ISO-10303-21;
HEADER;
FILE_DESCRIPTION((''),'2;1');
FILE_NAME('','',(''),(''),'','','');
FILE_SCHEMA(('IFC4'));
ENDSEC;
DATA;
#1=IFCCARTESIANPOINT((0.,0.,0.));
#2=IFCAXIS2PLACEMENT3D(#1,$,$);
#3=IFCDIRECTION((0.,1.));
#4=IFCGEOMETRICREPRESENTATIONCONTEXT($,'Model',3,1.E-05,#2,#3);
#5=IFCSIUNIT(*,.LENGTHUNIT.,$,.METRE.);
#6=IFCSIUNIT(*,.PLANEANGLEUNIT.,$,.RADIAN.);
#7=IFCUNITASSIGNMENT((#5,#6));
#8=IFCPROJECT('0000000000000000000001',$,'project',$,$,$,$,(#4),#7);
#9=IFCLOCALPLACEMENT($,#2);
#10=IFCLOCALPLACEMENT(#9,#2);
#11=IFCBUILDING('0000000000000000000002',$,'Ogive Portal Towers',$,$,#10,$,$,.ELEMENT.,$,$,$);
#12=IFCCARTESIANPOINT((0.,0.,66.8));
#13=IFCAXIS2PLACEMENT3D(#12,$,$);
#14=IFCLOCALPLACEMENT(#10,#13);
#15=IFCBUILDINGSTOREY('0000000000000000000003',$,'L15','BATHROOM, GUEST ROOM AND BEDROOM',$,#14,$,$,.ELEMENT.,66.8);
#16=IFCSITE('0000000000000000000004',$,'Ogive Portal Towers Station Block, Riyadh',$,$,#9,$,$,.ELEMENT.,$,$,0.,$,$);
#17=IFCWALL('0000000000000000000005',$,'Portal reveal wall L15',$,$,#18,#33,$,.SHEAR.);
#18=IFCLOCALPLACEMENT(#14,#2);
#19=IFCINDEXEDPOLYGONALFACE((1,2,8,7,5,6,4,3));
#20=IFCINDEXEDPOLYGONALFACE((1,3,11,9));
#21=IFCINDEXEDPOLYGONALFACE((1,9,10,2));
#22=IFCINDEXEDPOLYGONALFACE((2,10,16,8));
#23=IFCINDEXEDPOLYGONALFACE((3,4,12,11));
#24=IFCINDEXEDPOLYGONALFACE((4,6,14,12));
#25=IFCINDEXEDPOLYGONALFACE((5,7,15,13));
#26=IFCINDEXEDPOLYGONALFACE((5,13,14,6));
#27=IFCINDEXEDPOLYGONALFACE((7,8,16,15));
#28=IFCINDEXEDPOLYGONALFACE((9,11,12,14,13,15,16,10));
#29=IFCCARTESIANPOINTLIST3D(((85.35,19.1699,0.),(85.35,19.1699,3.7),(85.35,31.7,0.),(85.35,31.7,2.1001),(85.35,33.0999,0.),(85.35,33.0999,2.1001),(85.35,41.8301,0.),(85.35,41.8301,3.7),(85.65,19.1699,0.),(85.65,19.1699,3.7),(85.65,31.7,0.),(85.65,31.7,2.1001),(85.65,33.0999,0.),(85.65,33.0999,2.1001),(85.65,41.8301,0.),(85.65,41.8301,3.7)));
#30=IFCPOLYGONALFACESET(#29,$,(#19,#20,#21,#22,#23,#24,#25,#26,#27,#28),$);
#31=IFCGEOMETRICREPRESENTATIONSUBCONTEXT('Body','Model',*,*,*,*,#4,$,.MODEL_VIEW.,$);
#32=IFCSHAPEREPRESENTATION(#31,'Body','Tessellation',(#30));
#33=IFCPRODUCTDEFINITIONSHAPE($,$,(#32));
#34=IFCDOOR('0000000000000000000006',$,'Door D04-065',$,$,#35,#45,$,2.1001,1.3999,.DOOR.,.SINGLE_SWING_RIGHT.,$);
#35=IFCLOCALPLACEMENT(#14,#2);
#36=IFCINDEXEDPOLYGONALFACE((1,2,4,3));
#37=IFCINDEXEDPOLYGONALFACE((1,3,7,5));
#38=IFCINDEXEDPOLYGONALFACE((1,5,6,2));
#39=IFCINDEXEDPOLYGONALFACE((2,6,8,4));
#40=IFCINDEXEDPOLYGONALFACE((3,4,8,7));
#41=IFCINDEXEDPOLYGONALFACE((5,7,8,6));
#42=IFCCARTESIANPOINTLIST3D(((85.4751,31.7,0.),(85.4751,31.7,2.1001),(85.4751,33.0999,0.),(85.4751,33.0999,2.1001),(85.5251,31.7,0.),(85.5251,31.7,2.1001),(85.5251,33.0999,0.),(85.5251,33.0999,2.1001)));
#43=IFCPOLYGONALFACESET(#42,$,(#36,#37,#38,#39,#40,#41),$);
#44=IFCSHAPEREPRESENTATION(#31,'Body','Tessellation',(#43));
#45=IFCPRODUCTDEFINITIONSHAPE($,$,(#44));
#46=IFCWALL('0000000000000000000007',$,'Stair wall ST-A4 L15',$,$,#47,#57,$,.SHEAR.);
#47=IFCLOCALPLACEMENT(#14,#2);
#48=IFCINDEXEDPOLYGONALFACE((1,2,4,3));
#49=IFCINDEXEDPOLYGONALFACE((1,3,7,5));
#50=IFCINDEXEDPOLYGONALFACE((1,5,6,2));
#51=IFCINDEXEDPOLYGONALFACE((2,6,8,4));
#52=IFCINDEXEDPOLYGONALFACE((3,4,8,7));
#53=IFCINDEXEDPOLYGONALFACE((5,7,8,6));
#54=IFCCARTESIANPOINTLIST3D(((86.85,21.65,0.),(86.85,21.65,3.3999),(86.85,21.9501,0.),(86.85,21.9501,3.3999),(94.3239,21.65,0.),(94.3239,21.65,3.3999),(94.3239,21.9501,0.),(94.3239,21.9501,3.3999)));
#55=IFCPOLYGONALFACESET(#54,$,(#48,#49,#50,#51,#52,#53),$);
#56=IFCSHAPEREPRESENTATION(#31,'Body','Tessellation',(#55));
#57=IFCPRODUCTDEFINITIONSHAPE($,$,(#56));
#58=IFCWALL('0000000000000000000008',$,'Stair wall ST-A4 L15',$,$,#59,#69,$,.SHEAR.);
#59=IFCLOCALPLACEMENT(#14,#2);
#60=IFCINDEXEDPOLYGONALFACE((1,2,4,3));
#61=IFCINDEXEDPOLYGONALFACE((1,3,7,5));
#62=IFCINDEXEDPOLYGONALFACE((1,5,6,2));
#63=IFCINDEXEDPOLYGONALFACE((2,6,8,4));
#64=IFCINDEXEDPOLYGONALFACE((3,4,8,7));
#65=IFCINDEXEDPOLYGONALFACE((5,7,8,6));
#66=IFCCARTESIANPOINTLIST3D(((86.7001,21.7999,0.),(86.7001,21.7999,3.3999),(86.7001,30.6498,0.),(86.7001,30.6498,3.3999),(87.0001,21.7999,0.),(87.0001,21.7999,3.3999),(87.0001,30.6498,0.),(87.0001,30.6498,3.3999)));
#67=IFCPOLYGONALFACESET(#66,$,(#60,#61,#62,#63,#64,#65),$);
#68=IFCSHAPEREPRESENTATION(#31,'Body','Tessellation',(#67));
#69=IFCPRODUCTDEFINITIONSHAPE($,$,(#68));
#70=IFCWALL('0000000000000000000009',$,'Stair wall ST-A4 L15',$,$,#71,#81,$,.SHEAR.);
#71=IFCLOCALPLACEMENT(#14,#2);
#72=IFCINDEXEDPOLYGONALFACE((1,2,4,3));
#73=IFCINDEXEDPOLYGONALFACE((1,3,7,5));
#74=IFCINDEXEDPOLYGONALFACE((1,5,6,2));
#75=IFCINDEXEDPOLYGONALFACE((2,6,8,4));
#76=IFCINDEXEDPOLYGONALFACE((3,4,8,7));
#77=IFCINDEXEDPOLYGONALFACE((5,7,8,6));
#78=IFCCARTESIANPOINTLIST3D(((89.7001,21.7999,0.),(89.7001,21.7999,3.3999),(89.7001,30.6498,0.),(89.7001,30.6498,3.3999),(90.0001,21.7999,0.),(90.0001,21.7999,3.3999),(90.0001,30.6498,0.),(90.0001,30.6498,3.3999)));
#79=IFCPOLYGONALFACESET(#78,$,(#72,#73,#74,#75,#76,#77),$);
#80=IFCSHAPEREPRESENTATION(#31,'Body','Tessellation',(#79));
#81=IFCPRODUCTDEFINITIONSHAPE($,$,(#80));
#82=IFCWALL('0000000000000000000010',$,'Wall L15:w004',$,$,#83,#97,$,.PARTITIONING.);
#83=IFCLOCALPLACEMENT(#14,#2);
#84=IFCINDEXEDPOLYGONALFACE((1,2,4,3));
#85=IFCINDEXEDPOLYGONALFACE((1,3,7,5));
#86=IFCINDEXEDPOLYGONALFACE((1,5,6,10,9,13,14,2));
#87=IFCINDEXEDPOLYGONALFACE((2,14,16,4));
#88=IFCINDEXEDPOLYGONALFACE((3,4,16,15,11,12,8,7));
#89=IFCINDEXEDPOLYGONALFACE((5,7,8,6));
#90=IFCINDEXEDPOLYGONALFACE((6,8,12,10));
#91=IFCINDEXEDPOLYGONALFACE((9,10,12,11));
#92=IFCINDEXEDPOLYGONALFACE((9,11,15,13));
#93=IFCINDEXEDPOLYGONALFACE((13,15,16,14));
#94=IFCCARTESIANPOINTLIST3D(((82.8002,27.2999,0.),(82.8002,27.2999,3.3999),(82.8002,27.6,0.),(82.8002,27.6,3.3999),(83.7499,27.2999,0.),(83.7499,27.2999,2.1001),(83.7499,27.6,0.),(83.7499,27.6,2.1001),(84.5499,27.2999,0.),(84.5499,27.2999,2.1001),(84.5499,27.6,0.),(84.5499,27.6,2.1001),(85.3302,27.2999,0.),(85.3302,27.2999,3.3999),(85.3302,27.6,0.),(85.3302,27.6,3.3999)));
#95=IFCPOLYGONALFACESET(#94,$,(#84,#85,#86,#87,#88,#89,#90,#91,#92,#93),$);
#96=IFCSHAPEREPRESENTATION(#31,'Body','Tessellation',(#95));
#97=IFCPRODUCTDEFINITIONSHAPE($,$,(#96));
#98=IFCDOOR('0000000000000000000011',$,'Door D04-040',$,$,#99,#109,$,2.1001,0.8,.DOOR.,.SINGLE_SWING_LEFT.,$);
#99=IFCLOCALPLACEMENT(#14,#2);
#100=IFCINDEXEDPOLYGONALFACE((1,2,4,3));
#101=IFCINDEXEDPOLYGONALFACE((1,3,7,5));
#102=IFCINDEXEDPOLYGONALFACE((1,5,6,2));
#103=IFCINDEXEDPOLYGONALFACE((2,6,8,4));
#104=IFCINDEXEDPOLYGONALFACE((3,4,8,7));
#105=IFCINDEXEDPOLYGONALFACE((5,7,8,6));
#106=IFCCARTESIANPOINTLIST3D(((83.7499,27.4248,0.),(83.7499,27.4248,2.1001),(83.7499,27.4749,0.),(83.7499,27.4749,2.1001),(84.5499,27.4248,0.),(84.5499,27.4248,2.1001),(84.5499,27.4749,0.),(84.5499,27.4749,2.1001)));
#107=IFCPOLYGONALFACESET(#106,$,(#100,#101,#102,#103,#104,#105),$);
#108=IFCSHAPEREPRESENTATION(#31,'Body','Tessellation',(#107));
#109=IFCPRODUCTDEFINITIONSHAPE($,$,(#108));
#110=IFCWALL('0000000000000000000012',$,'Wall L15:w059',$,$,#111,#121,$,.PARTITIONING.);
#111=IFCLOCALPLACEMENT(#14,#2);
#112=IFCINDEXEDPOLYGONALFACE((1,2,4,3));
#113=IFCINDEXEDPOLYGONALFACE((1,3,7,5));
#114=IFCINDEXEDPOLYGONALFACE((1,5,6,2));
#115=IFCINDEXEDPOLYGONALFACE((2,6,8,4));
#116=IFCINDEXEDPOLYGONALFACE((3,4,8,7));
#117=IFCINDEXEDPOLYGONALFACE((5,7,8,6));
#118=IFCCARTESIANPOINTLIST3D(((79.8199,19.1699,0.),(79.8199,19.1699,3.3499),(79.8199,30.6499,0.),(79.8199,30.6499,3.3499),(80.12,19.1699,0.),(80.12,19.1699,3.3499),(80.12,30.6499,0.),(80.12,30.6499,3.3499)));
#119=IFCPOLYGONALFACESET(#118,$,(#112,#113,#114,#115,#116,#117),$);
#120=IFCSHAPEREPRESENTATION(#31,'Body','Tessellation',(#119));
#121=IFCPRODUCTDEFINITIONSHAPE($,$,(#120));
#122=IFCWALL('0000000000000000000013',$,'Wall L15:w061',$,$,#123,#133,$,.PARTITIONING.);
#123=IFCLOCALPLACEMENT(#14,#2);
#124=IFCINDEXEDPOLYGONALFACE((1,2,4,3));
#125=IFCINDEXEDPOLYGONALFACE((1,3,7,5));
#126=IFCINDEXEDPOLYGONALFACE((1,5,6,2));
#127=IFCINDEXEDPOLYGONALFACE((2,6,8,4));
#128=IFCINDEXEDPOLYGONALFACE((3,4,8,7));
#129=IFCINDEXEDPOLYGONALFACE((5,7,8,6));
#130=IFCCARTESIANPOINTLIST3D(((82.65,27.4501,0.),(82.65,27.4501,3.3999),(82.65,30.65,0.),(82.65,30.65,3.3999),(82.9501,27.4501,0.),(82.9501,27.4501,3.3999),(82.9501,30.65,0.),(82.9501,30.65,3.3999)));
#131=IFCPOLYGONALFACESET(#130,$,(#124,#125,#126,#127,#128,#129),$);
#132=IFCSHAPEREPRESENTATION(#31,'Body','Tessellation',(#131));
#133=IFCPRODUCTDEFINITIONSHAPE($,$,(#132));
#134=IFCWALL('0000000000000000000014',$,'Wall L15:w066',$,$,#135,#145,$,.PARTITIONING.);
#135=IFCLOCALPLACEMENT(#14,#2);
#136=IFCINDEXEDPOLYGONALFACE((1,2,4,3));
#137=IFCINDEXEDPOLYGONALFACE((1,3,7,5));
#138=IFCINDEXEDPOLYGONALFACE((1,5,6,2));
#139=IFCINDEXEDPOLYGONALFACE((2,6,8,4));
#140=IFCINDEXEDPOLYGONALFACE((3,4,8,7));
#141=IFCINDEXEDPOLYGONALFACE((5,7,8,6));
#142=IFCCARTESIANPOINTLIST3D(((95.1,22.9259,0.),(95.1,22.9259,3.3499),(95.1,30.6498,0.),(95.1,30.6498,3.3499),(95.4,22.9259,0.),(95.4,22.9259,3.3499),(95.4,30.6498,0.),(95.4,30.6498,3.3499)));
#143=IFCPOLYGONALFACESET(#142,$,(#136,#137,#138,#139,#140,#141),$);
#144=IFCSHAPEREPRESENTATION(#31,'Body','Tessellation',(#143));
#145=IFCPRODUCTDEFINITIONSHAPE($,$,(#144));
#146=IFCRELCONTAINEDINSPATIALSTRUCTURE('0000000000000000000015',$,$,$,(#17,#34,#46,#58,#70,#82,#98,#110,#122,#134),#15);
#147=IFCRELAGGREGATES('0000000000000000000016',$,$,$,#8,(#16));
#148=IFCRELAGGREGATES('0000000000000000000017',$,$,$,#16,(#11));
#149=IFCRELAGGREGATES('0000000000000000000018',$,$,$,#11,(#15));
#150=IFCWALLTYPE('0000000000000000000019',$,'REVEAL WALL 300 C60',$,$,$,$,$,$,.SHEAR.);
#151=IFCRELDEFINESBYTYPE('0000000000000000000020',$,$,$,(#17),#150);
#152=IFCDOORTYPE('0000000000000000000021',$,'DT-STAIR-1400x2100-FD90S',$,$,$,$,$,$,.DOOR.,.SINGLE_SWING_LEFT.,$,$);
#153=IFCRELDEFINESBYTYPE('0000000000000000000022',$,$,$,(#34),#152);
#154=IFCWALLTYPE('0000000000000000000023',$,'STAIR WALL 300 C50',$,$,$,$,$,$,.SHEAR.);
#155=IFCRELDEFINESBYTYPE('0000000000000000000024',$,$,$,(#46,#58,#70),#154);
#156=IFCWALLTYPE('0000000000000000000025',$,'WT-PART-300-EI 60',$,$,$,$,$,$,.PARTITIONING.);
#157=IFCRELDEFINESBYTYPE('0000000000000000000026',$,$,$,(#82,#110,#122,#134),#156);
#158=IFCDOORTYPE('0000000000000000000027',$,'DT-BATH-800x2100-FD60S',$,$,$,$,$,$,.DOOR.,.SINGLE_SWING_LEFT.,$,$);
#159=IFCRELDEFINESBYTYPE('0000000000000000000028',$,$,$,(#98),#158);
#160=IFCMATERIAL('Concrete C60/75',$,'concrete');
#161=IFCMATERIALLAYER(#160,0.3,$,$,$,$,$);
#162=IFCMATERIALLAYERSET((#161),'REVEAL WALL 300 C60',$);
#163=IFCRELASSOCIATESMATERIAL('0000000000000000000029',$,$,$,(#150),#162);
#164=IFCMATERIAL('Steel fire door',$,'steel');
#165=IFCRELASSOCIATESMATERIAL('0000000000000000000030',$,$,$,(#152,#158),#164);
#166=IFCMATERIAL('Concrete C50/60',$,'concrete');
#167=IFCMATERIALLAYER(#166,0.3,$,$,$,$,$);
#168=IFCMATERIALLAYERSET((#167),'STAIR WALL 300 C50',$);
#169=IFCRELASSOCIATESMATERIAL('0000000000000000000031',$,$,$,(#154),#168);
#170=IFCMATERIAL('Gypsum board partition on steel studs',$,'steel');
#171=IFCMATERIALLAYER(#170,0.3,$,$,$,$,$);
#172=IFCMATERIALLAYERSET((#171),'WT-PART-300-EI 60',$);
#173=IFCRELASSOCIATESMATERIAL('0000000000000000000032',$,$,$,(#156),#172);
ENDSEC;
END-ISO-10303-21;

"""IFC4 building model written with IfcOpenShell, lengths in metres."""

from ifc_helpers import new_model, si_unit, direction, frame, frame_2d, origin, place, context, subcontext, project, spatial, rectangle, extrude, material, layer, layer_set, type_object, element, fill, save


model = new_model("IFC4")

# Units and contexts
model_context = context("Model", 3, precision=1e-05, world=origin(), true_north=direction((0.0, 1.0)))
body_context = subcontext(model_context, "Body", "Model", "MODEL_VIEW")
ifc_project = project(units=[si_unit("LENGTHUNIT", "METRE"), si_unit("PLANEANGLEUNIT", "RADIAN")], contexts=[model_context])

# Site, building, storey
site_placement = place(None, origin())
site = spatial("IfcSite", under=ifc_project, at=site_placement, Name="Ogive Portal Towers Station Block, Riyadh", CompositionType="ELEMENT", RefElevation=0.0)
building_placement = place(site_placement, origin())
building = spatial("IfcBuilding", under=site, at=building_placement, Name="Ogive Portal Towers", CompositionType="ELEMENT")
storey_placement = place(building_placement, frame((0.0, 0.0, 66.8)))
storey = spatial("IfcBuildingStorey", under=building, at=storey_placement, Name="L15", Description="BATHROOM, GUEST ROOM AND BEDROOM", CompositionType="ELEMENT", Elevation=66.8)

# Shared definitions
ifc_material_1 = material(Name="Concrete C60/75", Category="concrete")

# Wall, opening, door
ifc_layer_1 = layer(ifc_material_1, 0.3)
ifc_layer_set_1 = layer_set([ifc_layer_1], Name="REVEAL WALL 300 C60")
wall_type_1 = type_object("IfcWallType", Name="REVEAL WALL 300 C60", PredefinedType="SHEAR", material=ifc_layer_set_1)
wall_1_placement = place(storey_placement, frame((85.5, 19.1699, 0.0), z_axis=(0.0, 0.0, 1.0), x_axis=(0.0, 1.0, 0.0)))
wall_1 = element("IfcWall", 1, at=wall_1_placement, inside=storey, type_object=wall_type_1, Name="Portal reveal wall L15", PredefinedType="SHEAR", context=body_context, shape_type="SweptSolid", body=[
    extrude(rectangle(XDim=22.6602, YDim=0.3, at=frame_2d((11.3301, 0.0))), origin(), (0.0, 0.0, 1.0), 3.7),
])
opening_1_placement = place(wall_1_placement, frame((12.53, 0.0, 0.0)))
opening_1 = element("IfcOpeningElement", 2, at=opening_1_placement, cuts=wall_1, PredefinedType="OPENING", context=body_context, shape_type="SweptSolid", body=[
    extrude(rectangle(XDim=1.3999, YDim=2.1001, at=frame_2d((0.7, 1.05))), frame((0.0, 0.1602, 0.0), z_axis=(0.0, -1.0, 0.0), x_axis=(1.0, 0.0, 0.0)), (0.0, 0.0, 1.0), 0.3201),
])
ifc_material_2 = material(Name="Steel fire door", Category="steel")
door_type_1 = type_object("IfcDoorType", Name="DT-STAIR-1400x2100-FD90S", OperationType="SINGLE_SWING_LEFT", PredefinedType="DOOR", material=ifc_material_2)
door_1_placement = place(opening_1_placement, origin())
door_1 = element("IfcDoor", 3, at=door_1_placement, inside=storey, type_object=door_type_1, Name="Door D04-065", OperationType="SINGLE_SWING_RIGHT", OverallHeight=2.1001, OverallWidth=1.3999, PredefinedType="DOOR", context=body_context, shape_type="SweptSolid", body=[
    extrude(rectangle(XDim=1.3999, YDim=2.1001, at=frame_2d((0.7, 1.05))), frame((0.0, 0.0249, 0.0), z_axis=(0.0, -1.0, 0.0), x_axis=(1.0, 0.0, 0.0)), (0.0, 0.0, 1.0), 0.05),
])
fill(opening_1, door_1)

# Walls
ifc_material_3 = material(Name="Concrete C50/60", Category="concrete")
ifc_layer_2 = layer(ifc_material_3, 0.3)
ifc_layer_set_2 = layer_set([ifc_layer_2], Name="STAIR WALL 300 C50")
wall_type_2 = type_object("IfcWallType", Name="STAIR WALL 300 C50", PredefinedType="SHEAR", material=ifc_layer_set_2)
wall_2_placement = place(storey_placement, frame((86.8501, 21.8, 0.0), z_axis=(0.0, 0.0, 1.0), x_axis=(1.0, 0.0, 0.0)))
element("IfcWall", 4, at=wall_2_placement, inside=storey, type_object=wall_type_2, Name="Stair wall ST-A4 L15", PredefinedType="SHEAR", context=body_context, shape_type="SweptSolid", body=[
    extrude(rectangle(XDim=7.4739, YDim=0.3, at=frame_2d((3.7368, 0.0))), origin(), (0.0, 0.0, 1.0), 3.3999),
])
for number, where, z_axis, x_axis, name in (
    (5, (86.8501, 21.8, 0.0), (0.0, 0.0, 1.0), (0.0, 1.0, 0.0), "Stair wall ST-A4 L15"),
    (6, (89.8501, 21.8, 0.0), (0.0, 0.0, 1.0), (0.0, 1.0, 0.0), "Stair wall ST-A4 L15"),
):
    element("IfcWall", number, at=place(storey_placement, frame(where, z_axis=z_axis, x_axis=x_axis)), inside=storey, type_object=wall_type_2, Name=name, PredefinedType="SHEAR", context=body_context, shape_type="SweptSolid", body=[
        extrude(rectangle(XDim=8.8499, YDim=0.3, at=frame_2d((4.4248, 0.0))), origin(), (0.0, 0.0, 1.0), 3.3999),
    ])

# Wall, opening, door
ifc_material_4 = material(Name="Gypsum board partition on steel studs", Category="steel")
ifc_layer_3 = layer(ifc_material_4, 0.3)
ifc_layer_set_3 = layer_set([ifc_layer_3], Name="WT-PART-300-EI 60")
wall_type_3 = type_object("IfcWallType", Name="WT-PART-300-EI 60", PredefinedType="PARTITIONING", material=ifc_layer_set_3)
wall_3_placement = place(storey_placement, frame((82.8, 27.45, 0.0), z_axis=(0.0, 0.0, 1.0), x_axis=(1.0, 0.0, 0.0)))
wall_3 = element("IfcWall", 7, at=wall_3_placement, inside=storey, type_object=wall_type_3, Name="Wall L15:w004", PredefinedType="PARTITIONING", context=body_context, shape_type="SweptSolid", body=[
    extrude(rectangle(XDim=2.53, YDim=0.3, at=frame_2d((1.2651, 0.0))), origin(), (0.0, 0.0, 1.0), 3.3999),
])
opening_2_placement = place(wall_3_placement, frame((0.95, 0.0, 0.0)))
opening_2 = element("IfcOpeningElement", 8, at=opening_2_placement, cuts=wall_3, PredefinedType="OPENING", context=body_context, shape_type="SweptSolid", body=[
    extrude(rectangle(XDim=0.8, YDim=2.1001, at=frame_2d((0.3999, 1.05))), frame((0.0, 0.1602, 0.0), z_axis=(0.0, -1.0, 0.0), x_axis=(1.0, 0.0, 0.0)), (0.0, 0.0, 1.0), 0.3201),
])
door_type_2 = type_object("IfcDoorType", Name="DT-BATH-800x2100-FD60S", OperationType="SINGLE_SWING_LEFT", PredefinedType="DOOR", material=ifc_material_2)
door_2_placement = place(opening_2_placement, origin())
door_2 = element("IfcDoor", 9, at=door_2_placement, inside=storey, type_object=door_type_2, Name="Door D04-040", OperationType="SINGLE_SWING_LEFT", OverallHeight=2.1001, OverallWidth=0.8, PredefinedType="DOOR", context=body_context, shape_type="SweptSolid", body=[
    extrude(rectangle(XDim=0.8, YDim=2.1001, at=frame_2d((0.3999, 1.05))), frame((0.0, 0.0249, 0.0), z_axis=(0.0, -1.0, 0.0), x_axis=(1.0, 0.0, 0.0)), (0.0, 0.0, 1.0), 0.05),
])
fill(opening_2, door_2)

# Walls
wall_4_placement = place(storey_placement, frame((79.97, 19.1699, 0.0), z_axis=(0.0, 0.0, 1.0), x_axis=(0.0, 1.0, 0.0)))
element("IfcWall", 10, at=wall_4_placement, inside=storey, type_object=wall_type_3, Name="Wall L15:w059", PredefinedType="PARTITIONING", context=body_context, shape_type="SweptSolid", body=[
    extrude(rectangle(XDim=11.48, YDim=0.3, at=frame_2d((5.74, 0.0))), origin(), (0.0, 0.0, 1.0), 3.3499),
])
wall_5_placement = place(storey_placement, frame((82.8, 27.45, 0.0), z_axis=(0.0, 0.0, 1.0), x_axis=(0.0, 1.0, 0.0)))
element("IfcWall", 11, at=wall_5_placement, inside=storey, type_object=wall_type_3, Name="Wall L15:w061", PredefinedType="PARTITIONING", context=body_context, shape_type="SweptSolid", body=[
    extrude(rectangle(XDim=3.2, YDim=0.3, at=frame_2d((1.6001, 0.0))), origin(), (0.0, 0.0, 1.0), 3.3999),
])
wall_6_placement = place(storey_placement, frame((95.25, 22.926, 0.0), z_axis=(0.0, 0.0, 1.0), x_axis=(0.0, 1.0, 0.0)))
element("IfcWall", 12, at=wall_6_placement, inside=storey, type_object=wall_type_3, Name="Wall L15:w066", PredefinedType="PARTITIONING", context=body_context, shape_type="SweptSolid", body=[
    extrude(rectangle(XDim=7.7239, YDim=0.3, at=frame_2d((3.8618, 0.0))), origin(), (0.0, 0.0, 1.0), 3.3499),
])

save(model, "model.ifc")
